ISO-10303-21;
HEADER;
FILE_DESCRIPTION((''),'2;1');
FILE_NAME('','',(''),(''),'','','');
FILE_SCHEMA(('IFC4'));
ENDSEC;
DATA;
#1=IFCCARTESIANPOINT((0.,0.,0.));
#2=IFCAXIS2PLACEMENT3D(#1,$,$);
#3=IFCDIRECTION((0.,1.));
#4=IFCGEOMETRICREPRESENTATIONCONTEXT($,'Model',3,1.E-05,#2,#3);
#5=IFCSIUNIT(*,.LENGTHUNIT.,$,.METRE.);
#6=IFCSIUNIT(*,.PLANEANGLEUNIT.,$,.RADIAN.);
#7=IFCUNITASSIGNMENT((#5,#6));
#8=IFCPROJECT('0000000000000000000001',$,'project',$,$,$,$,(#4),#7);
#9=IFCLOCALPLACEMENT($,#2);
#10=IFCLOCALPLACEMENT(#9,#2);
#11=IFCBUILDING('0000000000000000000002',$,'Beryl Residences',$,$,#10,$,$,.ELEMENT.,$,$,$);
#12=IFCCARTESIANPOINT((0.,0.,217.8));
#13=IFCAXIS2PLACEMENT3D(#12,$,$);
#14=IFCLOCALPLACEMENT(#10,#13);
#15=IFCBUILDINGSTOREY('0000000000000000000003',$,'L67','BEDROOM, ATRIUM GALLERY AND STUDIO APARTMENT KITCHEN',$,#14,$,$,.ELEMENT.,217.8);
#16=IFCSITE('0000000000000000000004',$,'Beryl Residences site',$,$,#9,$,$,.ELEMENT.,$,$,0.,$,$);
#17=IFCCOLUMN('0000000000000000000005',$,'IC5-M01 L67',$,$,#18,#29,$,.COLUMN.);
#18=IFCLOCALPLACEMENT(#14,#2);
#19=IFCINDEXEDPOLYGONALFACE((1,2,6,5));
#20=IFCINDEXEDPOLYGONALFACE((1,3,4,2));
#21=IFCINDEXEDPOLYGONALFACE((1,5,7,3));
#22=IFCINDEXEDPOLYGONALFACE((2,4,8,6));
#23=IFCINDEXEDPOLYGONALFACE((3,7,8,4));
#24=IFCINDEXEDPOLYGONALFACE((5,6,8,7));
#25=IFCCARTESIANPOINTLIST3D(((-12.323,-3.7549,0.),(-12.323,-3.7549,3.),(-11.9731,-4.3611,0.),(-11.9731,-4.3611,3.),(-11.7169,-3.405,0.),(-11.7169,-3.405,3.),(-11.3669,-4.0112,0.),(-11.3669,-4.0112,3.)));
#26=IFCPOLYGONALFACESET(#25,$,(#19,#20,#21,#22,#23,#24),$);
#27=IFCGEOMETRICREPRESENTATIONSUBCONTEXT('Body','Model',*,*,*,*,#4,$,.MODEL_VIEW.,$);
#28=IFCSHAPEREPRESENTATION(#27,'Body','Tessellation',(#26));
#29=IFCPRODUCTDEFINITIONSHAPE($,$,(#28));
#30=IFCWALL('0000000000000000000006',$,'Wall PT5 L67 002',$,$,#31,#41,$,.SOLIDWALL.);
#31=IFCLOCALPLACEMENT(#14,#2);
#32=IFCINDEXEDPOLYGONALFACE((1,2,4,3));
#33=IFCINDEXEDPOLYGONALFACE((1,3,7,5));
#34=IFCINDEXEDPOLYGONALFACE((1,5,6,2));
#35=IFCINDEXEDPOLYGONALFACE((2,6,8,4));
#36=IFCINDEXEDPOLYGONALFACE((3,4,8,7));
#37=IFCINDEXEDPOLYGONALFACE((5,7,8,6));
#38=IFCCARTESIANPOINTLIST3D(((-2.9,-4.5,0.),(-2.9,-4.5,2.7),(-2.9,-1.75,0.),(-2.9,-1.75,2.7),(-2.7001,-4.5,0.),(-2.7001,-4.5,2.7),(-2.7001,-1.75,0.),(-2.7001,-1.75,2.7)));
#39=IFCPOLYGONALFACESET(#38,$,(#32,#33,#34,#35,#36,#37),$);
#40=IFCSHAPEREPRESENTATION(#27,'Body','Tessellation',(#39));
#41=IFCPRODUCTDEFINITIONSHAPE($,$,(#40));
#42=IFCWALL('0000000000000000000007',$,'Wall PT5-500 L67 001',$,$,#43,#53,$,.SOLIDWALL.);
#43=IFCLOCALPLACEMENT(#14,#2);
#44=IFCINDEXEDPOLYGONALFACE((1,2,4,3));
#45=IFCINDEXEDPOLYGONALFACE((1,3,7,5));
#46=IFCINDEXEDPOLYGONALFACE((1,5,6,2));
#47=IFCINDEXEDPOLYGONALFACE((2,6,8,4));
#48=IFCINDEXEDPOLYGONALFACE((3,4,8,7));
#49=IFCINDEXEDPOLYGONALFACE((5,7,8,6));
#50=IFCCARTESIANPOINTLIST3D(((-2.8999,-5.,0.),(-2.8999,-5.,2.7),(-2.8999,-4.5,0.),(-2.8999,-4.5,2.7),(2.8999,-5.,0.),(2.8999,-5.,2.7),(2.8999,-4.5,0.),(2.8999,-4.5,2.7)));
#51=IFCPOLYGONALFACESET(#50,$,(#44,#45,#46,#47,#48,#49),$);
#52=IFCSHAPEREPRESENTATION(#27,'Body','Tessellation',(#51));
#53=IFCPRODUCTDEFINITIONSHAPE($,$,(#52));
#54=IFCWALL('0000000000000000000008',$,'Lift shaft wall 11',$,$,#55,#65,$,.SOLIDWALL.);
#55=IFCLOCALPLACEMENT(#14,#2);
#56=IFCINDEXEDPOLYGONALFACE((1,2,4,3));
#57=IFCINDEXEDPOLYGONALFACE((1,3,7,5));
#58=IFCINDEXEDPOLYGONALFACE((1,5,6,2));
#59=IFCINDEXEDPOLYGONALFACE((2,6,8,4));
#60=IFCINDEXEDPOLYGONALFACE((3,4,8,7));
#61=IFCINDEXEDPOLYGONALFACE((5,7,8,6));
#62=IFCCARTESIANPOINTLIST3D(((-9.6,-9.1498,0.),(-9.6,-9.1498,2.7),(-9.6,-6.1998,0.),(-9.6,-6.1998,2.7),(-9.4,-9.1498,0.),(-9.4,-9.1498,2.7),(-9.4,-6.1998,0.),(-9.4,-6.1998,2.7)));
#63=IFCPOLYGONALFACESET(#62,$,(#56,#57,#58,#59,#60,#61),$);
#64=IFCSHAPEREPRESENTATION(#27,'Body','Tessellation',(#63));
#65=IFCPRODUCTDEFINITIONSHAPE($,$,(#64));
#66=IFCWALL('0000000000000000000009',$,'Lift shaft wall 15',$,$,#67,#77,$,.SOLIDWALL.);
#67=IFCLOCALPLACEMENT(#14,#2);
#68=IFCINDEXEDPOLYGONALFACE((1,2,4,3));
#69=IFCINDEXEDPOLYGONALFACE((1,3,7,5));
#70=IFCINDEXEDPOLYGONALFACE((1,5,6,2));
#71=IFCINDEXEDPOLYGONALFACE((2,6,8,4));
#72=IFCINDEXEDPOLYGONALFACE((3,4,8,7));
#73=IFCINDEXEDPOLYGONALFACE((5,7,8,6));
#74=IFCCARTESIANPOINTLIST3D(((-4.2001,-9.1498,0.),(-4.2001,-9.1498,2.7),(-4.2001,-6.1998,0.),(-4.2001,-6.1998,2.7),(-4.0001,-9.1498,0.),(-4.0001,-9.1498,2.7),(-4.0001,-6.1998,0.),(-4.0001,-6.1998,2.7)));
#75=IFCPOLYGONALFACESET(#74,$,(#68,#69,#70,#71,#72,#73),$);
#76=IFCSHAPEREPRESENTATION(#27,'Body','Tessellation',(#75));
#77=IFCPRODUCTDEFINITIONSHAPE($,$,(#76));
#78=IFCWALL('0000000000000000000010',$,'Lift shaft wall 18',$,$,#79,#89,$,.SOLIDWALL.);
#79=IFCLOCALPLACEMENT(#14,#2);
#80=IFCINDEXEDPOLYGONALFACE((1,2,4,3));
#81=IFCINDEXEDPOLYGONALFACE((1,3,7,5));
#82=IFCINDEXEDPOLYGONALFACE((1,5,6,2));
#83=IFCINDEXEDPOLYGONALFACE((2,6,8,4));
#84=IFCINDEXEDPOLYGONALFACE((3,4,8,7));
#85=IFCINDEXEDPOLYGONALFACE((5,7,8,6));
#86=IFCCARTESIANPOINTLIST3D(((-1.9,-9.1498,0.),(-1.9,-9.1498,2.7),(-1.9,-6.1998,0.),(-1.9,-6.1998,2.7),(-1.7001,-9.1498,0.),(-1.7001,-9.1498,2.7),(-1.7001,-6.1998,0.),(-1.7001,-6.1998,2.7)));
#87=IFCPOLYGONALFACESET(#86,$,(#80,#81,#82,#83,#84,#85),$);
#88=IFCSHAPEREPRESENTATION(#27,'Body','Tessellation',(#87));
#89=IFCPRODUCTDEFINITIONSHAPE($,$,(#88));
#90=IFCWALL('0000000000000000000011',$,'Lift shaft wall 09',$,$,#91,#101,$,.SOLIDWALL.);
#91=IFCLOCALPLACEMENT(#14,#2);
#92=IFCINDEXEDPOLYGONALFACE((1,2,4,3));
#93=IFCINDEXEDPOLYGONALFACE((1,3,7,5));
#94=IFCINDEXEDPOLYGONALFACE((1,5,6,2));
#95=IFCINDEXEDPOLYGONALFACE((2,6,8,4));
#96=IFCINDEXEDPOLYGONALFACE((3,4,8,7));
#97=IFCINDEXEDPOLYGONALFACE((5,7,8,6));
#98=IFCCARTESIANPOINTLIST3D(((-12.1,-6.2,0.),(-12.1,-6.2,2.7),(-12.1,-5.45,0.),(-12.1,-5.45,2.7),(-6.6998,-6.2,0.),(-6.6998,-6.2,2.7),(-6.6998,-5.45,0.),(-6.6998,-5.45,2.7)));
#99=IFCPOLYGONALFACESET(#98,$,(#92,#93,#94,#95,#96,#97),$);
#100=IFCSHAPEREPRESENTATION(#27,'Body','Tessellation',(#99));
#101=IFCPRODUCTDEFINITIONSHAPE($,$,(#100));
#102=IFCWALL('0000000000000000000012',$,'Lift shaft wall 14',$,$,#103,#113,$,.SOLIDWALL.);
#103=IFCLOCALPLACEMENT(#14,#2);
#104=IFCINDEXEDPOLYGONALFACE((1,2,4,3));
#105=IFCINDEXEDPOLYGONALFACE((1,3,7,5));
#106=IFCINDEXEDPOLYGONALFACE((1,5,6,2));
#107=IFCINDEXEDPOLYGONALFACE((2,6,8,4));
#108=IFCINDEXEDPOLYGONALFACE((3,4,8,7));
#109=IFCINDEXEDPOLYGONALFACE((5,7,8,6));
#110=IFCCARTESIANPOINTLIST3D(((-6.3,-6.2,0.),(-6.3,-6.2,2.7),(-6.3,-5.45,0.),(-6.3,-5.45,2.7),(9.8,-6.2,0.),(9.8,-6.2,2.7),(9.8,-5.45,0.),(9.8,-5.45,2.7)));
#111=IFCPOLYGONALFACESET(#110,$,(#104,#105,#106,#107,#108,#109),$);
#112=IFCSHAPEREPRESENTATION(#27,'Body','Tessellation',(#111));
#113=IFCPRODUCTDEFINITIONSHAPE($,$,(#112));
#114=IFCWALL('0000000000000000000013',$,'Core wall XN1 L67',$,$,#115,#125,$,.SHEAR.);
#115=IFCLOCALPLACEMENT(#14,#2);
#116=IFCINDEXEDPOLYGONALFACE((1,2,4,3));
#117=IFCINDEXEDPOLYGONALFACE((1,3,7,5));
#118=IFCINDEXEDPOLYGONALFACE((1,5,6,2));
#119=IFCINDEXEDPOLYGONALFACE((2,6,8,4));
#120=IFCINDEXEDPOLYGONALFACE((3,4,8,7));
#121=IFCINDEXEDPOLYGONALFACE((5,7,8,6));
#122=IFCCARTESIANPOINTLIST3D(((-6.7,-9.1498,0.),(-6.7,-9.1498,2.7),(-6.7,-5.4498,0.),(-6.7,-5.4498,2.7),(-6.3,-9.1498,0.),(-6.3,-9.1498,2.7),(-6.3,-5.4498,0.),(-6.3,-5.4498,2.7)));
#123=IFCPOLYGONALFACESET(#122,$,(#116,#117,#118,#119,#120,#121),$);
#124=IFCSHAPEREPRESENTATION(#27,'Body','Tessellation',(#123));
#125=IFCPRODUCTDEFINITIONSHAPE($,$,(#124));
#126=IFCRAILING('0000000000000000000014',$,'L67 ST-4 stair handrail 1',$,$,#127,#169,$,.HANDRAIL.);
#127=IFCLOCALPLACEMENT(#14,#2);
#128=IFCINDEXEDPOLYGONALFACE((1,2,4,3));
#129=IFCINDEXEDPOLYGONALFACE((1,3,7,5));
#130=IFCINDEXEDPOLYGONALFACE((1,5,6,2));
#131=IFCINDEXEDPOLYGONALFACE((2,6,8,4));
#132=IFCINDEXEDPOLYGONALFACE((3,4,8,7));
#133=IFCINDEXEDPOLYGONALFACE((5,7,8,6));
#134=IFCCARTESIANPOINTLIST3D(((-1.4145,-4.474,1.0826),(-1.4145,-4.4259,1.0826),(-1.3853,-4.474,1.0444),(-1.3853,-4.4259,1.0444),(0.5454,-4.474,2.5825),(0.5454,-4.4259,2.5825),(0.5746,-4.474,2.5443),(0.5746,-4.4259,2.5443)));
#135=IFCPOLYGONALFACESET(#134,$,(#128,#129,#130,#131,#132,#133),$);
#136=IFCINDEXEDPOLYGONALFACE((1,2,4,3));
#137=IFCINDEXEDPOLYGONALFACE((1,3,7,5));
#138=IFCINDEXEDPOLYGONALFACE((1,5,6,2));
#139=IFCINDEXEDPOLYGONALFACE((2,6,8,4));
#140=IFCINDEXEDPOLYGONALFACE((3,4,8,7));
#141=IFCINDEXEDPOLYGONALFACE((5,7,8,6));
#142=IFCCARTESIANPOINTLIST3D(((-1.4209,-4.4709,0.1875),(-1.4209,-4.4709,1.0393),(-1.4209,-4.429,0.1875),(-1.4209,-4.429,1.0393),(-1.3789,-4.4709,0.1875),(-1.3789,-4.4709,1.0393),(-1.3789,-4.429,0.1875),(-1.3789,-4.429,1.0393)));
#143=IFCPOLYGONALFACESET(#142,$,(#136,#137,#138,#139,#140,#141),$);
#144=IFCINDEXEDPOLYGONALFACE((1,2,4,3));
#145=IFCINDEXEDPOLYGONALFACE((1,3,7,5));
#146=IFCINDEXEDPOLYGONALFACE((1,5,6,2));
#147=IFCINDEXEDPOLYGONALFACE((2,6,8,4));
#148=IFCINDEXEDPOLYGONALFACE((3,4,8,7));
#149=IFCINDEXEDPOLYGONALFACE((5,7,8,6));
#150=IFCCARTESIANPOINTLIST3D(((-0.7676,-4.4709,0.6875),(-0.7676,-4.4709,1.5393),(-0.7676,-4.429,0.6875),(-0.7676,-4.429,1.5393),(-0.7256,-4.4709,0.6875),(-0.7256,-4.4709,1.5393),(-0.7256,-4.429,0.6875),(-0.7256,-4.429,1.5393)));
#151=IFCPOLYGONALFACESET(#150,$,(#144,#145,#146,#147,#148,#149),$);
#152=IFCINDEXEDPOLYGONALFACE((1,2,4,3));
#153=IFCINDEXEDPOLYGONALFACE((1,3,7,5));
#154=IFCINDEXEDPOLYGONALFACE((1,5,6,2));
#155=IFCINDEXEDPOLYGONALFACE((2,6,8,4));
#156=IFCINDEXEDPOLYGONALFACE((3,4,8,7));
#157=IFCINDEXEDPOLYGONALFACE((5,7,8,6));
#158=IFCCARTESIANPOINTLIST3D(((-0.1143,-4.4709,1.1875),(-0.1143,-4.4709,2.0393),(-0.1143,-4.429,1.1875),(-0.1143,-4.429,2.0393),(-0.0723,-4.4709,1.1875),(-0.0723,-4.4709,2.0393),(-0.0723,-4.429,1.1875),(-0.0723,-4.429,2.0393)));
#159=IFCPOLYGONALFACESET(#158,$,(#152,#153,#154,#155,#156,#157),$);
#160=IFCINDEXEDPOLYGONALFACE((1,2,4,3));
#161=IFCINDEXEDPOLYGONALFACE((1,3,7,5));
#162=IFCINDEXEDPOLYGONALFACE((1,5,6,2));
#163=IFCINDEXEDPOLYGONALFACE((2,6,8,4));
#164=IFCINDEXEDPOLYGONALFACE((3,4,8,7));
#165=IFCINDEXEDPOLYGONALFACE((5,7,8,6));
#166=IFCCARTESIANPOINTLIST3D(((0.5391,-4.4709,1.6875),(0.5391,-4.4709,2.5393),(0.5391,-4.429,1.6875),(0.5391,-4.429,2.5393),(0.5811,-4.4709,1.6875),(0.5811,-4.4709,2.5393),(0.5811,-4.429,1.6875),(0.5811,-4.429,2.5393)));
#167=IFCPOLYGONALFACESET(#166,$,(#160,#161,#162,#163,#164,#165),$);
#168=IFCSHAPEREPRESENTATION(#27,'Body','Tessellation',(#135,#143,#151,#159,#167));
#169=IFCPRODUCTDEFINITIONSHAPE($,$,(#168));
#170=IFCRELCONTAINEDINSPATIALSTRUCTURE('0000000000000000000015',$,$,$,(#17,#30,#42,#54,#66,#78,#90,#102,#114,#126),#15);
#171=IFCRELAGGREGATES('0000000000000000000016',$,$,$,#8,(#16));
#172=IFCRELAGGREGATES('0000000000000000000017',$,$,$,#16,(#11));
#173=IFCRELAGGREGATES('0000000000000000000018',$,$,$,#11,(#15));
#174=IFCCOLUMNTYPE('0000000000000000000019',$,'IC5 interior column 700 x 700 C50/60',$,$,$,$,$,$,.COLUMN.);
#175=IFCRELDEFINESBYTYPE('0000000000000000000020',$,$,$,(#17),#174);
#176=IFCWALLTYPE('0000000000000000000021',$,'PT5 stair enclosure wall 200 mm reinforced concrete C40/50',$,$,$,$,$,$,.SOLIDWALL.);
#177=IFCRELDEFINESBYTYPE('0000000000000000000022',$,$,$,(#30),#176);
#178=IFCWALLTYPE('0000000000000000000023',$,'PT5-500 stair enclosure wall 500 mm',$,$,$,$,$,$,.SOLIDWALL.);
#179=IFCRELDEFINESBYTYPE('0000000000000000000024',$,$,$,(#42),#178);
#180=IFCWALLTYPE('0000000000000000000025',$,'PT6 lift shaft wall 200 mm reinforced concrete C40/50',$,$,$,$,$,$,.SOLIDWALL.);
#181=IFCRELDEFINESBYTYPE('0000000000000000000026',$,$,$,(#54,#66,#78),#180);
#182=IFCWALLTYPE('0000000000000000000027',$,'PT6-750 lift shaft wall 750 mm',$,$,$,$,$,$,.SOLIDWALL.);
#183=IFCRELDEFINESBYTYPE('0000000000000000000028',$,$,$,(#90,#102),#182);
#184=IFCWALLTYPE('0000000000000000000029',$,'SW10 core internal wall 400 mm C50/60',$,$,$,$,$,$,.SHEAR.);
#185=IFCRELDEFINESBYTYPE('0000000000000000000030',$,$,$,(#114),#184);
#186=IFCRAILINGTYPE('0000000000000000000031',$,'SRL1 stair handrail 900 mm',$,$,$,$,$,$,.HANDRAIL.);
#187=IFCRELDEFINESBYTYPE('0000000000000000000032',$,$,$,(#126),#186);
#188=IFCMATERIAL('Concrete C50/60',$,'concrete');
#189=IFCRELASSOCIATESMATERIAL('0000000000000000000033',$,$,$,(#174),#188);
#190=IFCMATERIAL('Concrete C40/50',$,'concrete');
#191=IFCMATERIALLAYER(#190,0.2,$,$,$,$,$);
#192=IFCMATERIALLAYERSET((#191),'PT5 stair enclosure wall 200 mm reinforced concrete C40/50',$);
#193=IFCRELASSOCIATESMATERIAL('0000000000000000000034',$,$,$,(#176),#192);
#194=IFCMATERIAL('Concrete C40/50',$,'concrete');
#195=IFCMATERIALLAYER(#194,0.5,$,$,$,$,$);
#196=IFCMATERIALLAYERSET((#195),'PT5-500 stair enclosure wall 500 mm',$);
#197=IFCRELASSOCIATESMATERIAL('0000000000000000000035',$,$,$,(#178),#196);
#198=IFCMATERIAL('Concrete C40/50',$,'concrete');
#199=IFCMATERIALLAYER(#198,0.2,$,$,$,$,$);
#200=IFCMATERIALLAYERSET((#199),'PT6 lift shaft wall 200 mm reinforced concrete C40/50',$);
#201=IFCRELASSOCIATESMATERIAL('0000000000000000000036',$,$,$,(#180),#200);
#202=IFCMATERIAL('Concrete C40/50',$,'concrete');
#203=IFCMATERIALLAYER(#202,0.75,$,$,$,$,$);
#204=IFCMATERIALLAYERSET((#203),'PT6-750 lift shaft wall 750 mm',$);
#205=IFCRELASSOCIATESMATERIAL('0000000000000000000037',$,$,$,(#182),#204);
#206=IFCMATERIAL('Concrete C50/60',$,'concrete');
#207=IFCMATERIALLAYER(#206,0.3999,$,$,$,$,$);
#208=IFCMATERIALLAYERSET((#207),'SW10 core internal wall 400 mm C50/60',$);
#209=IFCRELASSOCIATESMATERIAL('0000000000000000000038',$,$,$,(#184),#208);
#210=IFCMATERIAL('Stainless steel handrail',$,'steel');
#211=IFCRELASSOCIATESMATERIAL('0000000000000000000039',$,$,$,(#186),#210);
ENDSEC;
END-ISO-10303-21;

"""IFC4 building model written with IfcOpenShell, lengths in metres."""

from ifc_helpers import new_model, si_unit, direction, frame, frame_2d, origin, origin_2d, place, context, subcontext, project, spatial, rectangle, extrude, material, layer, layer_set, material_profile, profile_set, type_object, element, save


model = new_model("IFC4")

# Units and contexts
model_context = context("Model", 3, precision=1e-05, world=origin(), true_north=direction((0.0, 1.0)))
body_context = subcontext(model_context, "Body", "Model", "MODEL_VIEW")
ifc_project = project(units=[si_unit("LENGTHUNIT", "METRE"), si_unit("PLANEANGLEUNIT", "RADIAN")], contexts=[model_context])

# Site, building, storey
site_placement = place(None, origin())
site = spatial("IfcSite", under=ifc_project, at=site_placement, Name="Beryl Residences site", CompositionType="ELEMENT", RefElevation=0.0)
building_placement = place(site_placement, origin())
building = spatial("IfcBuilding", under=site, at=building_placement, Name="Beryl Residences", CompositionType="ELEMENT")
storey_placement = place(building_placement, frame((0.0, 0.0, 217.8)))
storey = spatial("IfcBuildingStorey", under=building, at=storey_placement, Name="L67", Description="BEDROOM, ATRIUM GALLERY AND STUDIO APARTMENT KITCHEN", CompositionType="ELEMENT", Elevation=217.8)

# Column
ifc_material_1 = material(Name="Concrete C50/60", Category="concrete")
ifc_material_profile = material_profile(ifc_material_1, rectangle(XDim=0.7, YDim=0.7, at=origin_2d()))
ifc_profile_set = profile_set([ifc_material_profile], Name="Concrete C50/60")
column_type = type_object("IfcColumnType", Name="IC5 interior column 700 x 700 C50/60", PredefinedType="COLUMN", material=ifc_profile_set)
column_placement = place(storey_placement, frame((-11.845, -3.8831, 0.0), z_axis=(0.0, 0.0, 1.0), x_axis=(0.499985, -0.866034, 0.0)))
element("IfcColumn", 1, at=column_placement, inside=storey, type_object=column_type, Name="IC5-M01 L67", PredefinedType="COLUMN", context=body_context, shape_type="SweptSolid", body=[
    extrude(rectangle(XDim=0.7, YDim=0.7, at=origin_2d()), origin(), (0.0, 0.0, 1.0), 3.0),
])

# Walls
ifc_material_2 = material(Name="Concrete C40/50", Category="concrete")
ifc_layer_1 = layer(ifc_material_2, 0.2)
ifc_layer_set_1 = layer_set([ifc_layer_1], Name="PT5 stair enclosure wall 200 mm reinforced concrete C40/50")
wall_type_1 = type_object("IfcWallType", Name="PT5 stair enclosure wall 200 mm reinforced concrete C40/50", PredefinedType="SOLIDWALL", material=ifc_layer_set_1)
wall_1_placement = place(storey_placement, frame((-2.8, -4.5, 0.0), z_axis=(0.0, 0.0, 1.0), x_axis=(0.0, 1.0, 0.0)))
element("IfcWall", 2, at=wall_1_placement, inside=storey, type_object=wall_type_1, Name="Wall PT5 L67 002", PredefinedType="SOLIDWALL", context=body_context, shape_type="SweptSolid", body=[
    extrude(rectangle(XDim=2.75, YDim=0.2, at=frame_2d((1.375, 0.0))), origin(), (0.0, 0.0, 1.0), 2.7),
])
ifc_material_3 = material(Name="Concrete C40/50", Category="concrete")
ifc_layer_2 = layer(ifc_material_3, 0.5)
ifc_layer_set_2 = layer_set([ifc_layer_2], Name="PT5-500 stair enclosure wall 500 mm")
wall_type_2 = type_object("IfcWallType", Name="PT5-500 stair enclosure wall 500 mm", PredefinedType="SOLIDWALL", material=ifc_layer_set_2)
wall_2_placement = place(storey_placement, frame((-2.8999, -4.75, 0.0), z_axis=(0.0, 0.0, 1.0), x_axis=(1.0, 0.0, 0.0)))
element("IfcWall", 3, at=wall_2_placement, inside=storey, type_object=wall_type_2, Name="Wall PT5-500 L67 001", PredefinedType="SOLIDWALL", context=body_context, shape_type="SweptSolid", body=[
    extrude(rectangle(XDim=5.7998, YDim=0.5, at=frame_2d((2.8999, 0.0))), origin(), (0.0, 0.0, 1.0), 2.7),
])
ifc_material_4 = material(Name="Concrete C40/50", Category="concrete")
ifc_layer_3 = layer(ifc_material_4, 0.2)
ifc_layer_set_3 = layer_set([ifc_layer_3], Name="PT6 lift shaft wall 200 mm reinforced concrete C40/50")
wall_type_3 = type_object("IfcWallType", Name="PT6 lift shaft wall 200 mm reinforced concrete C40/50", PredefinedType="SOLIDWALL", material=ifc_layer_set_3)
for number, where, z_axis, x_axis, name in (
    (4, (-9.5, -9.1499, 0.0), (0.0, 0.0, 1.0), (0.0, 1.0, 0.0), "Lift shaft wall 11"),
    (5, (-4.1001, -9.1499, 0.0), (0.0, 0.0, 1.0), (0.0, 1.0, 0.0), "Lift shaft wall 15"),
    (6, (-1.8, -9.1499, 0.0), (0.0, 0.0, 1.0), (0.0, 1.0, 0.0), "Lift shaft wall 18"),
):
    element("IfcWall", number, at=place(storey_placement, frame(where, z_axis=z_axis, x_axis=x_axis)), inside=storey, type_object=wall_type_3, Name=name, PredefinedType="SOLIDWALL", context=body_context, shape_type="SweptSolid", body=[
        extrude(rectangle(XDim=2.95, YDim=0.2, at=frame_2d((1.4751, 0.0))), origin(), (0.0, 0.0, 1.0), 2.7),
    ])
ifc_material_5 = material(Name="Concrete C40/50", Category="concrete")
ifc_layer_4 = layer(ifc_material_5, 0.75)
ifc_layer_set_4 = layer_set([ifc_layer_4], Name="PT6-750 lift shaft wall 750 mm")
wall_type_4 = type_object("IfcWallType", Name="PT6-750 lift shaft wall 750 mm", PredefinedType="SOLIDWALL", material=ifc_layer_set_4)
wall_3_placement = place(storey_placement, frame((-12.1001, -5.825, 0.0), z_axis=(0.0, 0.0, 1.0), x_axis=(1.0, 0.0, 0.0)))
element("IfcWall", 7, at=wall_3_placement, inside=storey, type_object=wall_type_4, Name="Lift shaft wall 09", PredefinedType="SOLIDWALL", context=body_context, shape_type="SweptSolid", body=[
    extrude(rectangle(XDim=5.4001, YDim=0.75, at=frame_2d((2.7002, 0.0))), origin(), (0.0, 0.0, 1.0), 2.7),
])
wall_4_placement = place(storey_placement, frame((-6.3, -5.825, 0.0), z_axis=(0.0, 0.0, 1.0), x_axis=(1.0, 0.0, 0.0)))
element("IfcWall", 8, at=wall_4_placement, inside=storey, type_object=wall_type_4, Name="Lift shaft wall 14", PredefinedType="SOLIDWALL", context=body_context, shape_type="SweptSolid", body=[
    extrude(rectangle(XDim=16.1001, YDim=0.75, at=frame_2d((8.05, 0.0))), origin(), (0.0, 0.0, 1.0), 2.7),
])
ifc_material_6 = material(Name="Concrete C50/60", Category="concrete")
ifc_layer_5 = layer(ifc_material_6, 0.3999)
ifc_layer_set_5 = layer_set([ifc_layer_5], Name="SW10 core internal wall 400 mm C50/60")
wall_type_5 = type_object("IfcWallType", Name="SW10 core internal wall 400 mm C50/60", PredefinedType="SHEAR", material=ifc_layer_set_5)
wall_5_placement = place(storey_placement, frame((-6.5, -9.1499, 0.0), z_axis=(0.0, 0.0, 1.0), x_axis=(0.0, 1.0, 0.0)))
element("IfcWall", 9, at=wall_5_placement, inside=storey, type_object=wall_type_5, Name="Core wall XN1 L67", PredefinedType="SHEAR", context=body_context, shape_type="SweptSolid", body=[
    extrude(rectangle(XDim=3.7, YDim=0.3999, at=frame_2d((1.8501, 0.0))), origin(), (0.0, 0.0, 1.0), 2.7),
])

# Railing
ifc_material_7 = material(Name="Stainless steel handrail", Category="steel")
railing_type = type_object("IfcRailingType", Name="SRL1 stair handrail 900 mm", PredefinedType="HANDRAIL", material=ifc_material_7)
railing_placement = place(storey_placement, frame((-1.3999, -4.45, 0.1875)))
element("IfcRailing", 10, at=railing_placement, inside=storey, type_object=railing_type, Name="L67 ST-4 stair handrail 1", PredefinedType="HANDRAIL", context=body_context, shape_type="SweptSolid", body=[
    extrude(rectangle(XDim=0.0481, YDim=0.0481, at=origin_2d()), frame((0.0, 0.0, 0.876), z_axis=(0.794122, 0.0, 0.607758), x_axis=(0.0, 1.0, 0.0)), (0.0, 0.0, 1.0), 2.468),
    extrude(rectangle(XDim=0.042, YDim=0.042, at=origin_2d()), origin(), (0.0, 0.0, 1.0), 0.8518),
    extrude(rectangle(XDim=0.042, YDim=0.042, at=origin_2d()), frame((0.6533, 0.0, 0.5)), (0.0, 0.0, 1.0), 0.8518),
    extrude(rectangle(XDim=0.042, YDim=0.042, at=origin_2d()), frame((1.3066, 0.0, 1.0)), (0.0, 0.0, 1.0), 0.8518),
    extrude(rectangle(XDim=0.042, YDim=0.042, at=origin_2d()), frame((1.96, 0.0, 1.5)), (0.0, 0.0, 1.0), 0.8518),
])

save(model, "model.ifc")
